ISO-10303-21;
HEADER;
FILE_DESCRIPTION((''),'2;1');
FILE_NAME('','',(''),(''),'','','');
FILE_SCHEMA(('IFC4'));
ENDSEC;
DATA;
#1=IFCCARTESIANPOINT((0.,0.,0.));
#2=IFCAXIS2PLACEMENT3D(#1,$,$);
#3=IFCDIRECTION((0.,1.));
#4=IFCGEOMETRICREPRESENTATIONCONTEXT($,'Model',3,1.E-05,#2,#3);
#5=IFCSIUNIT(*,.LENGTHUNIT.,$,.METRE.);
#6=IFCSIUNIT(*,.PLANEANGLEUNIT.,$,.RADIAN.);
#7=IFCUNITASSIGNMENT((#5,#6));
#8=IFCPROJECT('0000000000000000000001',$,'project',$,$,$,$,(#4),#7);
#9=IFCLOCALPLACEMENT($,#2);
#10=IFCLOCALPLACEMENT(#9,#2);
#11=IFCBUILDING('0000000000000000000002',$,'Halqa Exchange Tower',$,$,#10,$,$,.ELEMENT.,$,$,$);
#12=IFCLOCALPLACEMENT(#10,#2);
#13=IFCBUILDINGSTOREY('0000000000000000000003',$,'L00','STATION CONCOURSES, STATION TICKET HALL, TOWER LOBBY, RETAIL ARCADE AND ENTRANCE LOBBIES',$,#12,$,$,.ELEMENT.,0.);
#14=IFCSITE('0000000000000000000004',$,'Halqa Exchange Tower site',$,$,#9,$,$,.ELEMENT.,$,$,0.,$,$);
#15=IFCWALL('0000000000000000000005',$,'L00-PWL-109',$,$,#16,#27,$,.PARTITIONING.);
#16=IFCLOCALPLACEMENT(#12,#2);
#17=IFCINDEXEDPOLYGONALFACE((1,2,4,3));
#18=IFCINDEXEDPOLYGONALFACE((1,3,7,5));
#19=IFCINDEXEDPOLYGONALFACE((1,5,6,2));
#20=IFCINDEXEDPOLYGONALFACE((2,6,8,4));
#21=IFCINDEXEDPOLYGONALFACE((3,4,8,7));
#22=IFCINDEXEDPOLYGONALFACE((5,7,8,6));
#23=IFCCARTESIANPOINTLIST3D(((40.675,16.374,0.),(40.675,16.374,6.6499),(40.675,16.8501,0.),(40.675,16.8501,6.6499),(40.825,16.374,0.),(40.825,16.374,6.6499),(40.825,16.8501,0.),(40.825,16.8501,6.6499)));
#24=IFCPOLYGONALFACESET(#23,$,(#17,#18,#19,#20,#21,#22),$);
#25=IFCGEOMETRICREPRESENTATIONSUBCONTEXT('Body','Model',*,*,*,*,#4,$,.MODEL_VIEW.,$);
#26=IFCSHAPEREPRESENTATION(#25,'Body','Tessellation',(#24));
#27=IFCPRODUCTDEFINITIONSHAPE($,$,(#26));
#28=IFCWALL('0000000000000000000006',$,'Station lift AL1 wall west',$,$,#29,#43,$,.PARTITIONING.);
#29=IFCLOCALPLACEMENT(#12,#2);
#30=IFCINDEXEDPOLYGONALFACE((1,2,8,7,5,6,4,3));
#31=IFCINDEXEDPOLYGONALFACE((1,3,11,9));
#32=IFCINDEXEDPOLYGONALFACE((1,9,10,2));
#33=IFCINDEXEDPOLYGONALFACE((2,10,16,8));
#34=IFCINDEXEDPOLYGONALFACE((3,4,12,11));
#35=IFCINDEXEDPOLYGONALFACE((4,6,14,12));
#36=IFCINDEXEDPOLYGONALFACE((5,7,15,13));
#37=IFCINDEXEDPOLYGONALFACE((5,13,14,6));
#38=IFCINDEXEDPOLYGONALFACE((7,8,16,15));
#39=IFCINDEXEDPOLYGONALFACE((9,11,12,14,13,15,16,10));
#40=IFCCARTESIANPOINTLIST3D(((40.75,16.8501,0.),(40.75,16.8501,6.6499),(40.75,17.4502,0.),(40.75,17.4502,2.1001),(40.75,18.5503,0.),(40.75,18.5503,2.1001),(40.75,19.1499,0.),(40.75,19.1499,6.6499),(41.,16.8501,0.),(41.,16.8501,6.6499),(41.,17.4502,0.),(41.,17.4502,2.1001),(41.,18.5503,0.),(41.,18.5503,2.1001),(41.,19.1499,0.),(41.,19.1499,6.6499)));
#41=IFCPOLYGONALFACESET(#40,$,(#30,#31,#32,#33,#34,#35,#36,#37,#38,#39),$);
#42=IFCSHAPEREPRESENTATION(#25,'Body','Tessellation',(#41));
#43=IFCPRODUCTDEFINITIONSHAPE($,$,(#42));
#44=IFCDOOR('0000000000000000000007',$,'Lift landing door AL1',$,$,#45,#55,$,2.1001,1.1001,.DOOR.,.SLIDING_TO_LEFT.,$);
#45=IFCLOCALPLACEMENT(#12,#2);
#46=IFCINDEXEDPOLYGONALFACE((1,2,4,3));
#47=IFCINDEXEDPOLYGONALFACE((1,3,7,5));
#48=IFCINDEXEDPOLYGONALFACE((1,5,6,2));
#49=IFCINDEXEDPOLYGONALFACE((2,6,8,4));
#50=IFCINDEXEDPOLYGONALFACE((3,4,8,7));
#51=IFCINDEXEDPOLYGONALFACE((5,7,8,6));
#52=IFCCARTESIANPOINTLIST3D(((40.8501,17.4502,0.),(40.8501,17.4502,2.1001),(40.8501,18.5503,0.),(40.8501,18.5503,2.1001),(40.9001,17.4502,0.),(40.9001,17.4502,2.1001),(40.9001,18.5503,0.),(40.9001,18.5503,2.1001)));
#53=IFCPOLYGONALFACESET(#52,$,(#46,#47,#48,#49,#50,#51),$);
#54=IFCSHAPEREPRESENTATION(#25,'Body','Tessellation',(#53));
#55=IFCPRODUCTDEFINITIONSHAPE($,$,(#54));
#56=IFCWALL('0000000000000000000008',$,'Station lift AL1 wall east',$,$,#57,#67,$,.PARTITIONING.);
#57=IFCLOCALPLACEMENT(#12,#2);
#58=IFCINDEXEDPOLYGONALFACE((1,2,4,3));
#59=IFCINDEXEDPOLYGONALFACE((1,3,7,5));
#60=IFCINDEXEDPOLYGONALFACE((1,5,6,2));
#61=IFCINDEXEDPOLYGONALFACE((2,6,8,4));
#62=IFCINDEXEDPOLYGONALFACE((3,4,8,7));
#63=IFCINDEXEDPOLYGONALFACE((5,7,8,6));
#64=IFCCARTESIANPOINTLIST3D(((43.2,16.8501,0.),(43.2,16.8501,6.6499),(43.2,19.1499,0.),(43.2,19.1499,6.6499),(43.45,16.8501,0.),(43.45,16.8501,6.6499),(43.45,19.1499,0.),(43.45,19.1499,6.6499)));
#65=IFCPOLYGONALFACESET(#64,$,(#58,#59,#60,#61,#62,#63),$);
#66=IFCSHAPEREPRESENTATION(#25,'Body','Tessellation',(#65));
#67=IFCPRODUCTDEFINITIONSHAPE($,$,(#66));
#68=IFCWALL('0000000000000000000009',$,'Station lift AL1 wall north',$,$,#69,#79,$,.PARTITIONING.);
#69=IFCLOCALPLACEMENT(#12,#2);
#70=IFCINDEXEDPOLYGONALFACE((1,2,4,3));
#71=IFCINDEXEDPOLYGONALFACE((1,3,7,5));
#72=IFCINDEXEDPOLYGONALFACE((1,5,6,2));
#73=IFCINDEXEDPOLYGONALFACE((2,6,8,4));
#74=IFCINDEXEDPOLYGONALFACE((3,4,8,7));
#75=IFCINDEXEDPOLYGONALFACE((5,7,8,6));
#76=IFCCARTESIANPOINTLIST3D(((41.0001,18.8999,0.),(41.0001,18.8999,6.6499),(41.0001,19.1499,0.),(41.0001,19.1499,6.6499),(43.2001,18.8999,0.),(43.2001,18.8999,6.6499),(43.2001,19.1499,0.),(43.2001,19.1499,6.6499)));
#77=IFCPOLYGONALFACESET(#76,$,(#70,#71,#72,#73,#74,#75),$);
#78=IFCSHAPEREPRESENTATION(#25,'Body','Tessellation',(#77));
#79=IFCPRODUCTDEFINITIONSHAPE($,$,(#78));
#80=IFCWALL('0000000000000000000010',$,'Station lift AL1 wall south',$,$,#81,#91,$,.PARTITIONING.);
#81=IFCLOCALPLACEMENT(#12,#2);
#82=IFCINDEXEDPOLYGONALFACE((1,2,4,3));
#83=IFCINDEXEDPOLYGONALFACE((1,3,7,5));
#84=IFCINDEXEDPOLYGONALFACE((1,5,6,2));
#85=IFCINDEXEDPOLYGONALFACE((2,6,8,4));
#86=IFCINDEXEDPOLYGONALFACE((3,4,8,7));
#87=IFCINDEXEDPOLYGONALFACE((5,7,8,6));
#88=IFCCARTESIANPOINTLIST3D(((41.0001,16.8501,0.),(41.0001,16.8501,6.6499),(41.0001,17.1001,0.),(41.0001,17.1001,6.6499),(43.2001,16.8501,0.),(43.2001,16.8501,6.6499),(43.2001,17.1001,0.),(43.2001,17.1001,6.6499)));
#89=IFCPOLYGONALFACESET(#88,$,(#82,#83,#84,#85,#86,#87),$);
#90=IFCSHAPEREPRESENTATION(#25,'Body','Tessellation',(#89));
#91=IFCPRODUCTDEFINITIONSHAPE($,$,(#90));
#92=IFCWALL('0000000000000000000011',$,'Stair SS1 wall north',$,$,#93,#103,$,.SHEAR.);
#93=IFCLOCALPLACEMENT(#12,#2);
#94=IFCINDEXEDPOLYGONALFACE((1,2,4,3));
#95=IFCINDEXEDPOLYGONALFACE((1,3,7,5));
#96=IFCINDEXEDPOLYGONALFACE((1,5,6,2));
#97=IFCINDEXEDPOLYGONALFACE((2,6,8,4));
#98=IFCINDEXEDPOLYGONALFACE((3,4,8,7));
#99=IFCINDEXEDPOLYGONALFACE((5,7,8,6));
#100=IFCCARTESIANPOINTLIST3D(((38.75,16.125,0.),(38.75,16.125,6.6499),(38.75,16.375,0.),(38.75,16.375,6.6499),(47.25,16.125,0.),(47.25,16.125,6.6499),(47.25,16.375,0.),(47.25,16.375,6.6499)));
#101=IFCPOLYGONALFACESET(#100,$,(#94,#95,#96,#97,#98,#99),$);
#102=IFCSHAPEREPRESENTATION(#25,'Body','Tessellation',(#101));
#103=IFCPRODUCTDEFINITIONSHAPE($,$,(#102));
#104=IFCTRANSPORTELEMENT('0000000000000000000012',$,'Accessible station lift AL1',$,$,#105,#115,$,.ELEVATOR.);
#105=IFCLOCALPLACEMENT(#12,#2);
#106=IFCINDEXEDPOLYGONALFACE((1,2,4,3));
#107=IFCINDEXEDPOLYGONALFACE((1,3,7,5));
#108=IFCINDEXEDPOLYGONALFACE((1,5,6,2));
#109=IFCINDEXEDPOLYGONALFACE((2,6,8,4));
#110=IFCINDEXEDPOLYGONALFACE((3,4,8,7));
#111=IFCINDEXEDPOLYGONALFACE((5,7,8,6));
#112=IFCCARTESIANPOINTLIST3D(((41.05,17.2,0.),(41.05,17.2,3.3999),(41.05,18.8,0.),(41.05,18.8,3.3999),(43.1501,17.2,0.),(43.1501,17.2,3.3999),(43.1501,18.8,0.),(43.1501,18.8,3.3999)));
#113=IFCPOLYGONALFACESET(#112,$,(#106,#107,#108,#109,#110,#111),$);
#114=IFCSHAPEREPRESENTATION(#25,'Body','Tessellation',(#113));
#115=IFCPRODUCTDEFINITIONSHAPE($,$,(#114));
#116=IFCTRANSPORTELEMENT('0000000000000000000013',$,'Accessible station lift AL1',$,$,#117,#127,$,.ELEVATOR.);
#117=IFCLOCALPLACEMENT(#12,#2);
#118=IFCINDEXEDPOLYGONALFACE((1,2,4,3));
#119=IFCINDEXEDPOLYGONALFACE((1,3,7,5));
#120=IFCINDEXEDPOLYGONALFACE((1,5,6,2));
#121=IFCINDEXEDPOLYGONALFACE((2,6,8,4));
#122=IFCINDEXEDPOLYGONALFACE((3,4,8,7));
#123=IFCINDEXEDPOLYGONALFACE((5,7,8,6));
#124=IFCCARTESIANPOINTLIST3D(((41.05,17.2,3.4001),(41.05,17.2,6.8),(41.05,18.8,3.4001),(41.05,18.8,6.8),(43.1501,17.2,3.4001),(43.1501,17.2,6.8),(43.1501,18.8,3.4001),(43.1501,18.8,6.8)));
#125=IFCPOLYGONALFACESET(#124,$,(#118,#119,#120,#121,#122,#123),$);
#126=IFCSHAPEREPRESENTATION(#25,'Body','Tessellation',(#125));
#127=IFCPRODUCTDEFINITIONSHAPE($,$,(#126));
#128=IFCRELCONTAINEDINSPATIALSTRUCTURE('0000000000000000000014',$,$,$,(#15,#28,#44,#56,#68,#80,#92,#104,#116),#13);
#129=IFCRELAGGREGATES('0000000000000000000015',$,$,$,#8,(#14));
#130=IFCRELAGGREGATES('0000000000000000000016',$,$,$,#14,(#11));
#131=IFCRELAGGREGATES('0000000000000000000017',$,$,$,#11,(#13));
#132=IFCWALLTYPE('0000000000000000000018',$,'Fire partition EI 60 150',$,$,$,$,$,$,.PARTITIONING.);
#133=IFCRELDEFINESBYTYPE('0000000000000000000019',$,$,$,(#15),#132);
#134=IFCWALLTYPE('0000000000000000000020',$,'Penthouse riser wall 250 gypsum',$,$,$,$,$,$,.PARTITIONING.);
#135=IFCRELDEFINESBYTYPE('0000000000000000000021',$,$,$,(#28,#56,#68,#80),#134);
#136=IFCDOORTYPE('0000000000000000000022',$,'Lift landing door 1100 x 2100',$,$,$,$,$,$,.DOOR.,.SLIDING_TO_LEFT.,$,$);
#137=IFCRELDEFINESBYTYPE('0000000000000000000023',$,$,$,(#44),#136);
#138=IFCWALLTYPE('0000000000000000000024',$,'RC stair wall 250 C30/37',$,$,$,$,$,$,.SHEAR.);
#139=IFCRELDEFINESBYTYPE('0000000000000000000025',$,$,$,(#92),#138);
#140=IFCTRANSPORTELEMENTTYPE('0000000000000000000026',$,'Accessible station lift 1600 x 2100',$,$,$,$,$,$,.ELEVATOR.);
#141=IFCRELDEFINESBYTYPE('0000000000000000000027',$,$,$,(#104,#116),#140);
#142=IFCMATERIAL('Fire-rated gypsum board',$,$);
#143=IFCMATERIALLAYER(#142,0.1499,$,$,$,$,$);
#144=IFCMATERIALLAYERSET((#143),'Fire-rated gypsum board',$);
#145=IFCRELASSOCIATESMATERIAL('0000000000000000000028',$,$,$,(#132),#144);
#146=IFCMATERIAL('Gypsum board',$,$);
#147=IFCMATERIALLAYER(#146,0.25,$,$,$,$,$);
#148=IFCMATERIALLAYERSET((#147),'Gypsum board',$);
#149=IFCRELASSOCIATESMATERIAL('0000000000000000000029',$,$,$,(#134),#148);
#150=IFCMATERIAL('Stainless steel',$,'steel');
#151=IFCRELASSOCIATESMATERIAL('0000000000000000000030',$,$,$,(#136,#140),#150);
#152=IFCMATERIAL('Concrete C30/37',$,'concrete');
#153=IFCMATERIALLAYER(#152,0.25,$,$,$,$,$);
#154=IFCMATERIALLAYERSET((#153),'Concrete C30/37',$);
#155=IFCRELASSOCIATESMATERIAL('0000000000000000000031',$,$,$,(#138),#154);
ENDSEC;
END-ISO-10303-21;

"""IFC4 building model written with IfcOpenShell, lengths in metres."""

from ifc_helpers import new_model, si_unit, direction, frame, frame_2d, origin, origin_2d, place, context, subcontext, project, spatial, rectangle, extrude, material, layer, layer_set, type_object, element, fill, save


model = new_model("IFC4")

# Units and contexts
model_context = context("Model", 3, precision=1e-05, world=origin(), true_north=direction((0.0, 1.0)))
body_context = subcontext(model_context, "Body", "Model", "MODEL_VIEW")
ifc_project = project(units=[si_unit("LENGTHUNIT", "METRE"), si_unit("PLANEANGLEUNIT", "RADIAN")], contexts=[model_context])

# Site, building, storey
site_placement = place(None, origin())
site = spatial("IfcSite", under=ifc_project, at=site_placement, Name="Halqa Exchange Tower site", CompositionType="ELEMENT", RefElevation=0.0)
building_placement = place(site_placement, origin())
building = spatial("IfcBuilding", under=site, at=building_placement, Name="Halqa Exchange Tower", CompositionType="ELEMENT")
storey_placement = place(building_placement, origin())
storey = spatial("IfcBuildingStorey", under=building, at=storey_placement, Name="L00", Description="STATION CONCOURSES, STATION TICKET HALL, TOWER LOBBY, RETAIL ARCADE AND ENTRANCE LOBBIES", CompositionType="ELEMENT", Elevation=0.0)

# Shared definitions
ifc_material_1 = material(Name="Fire-rated gypsum board")
ifc_layer_1 = layer(ifc_material_1, 0.1499)
ifc_layer_set_1 = layer_set([ifc_layer_1], Name="Fire-rated gypsum board")
wall_type_1 = type_object("IfcWallType", Name="Fire partition EI 60 150", PredefinedType="PARTITIONING", material=ifc_layer_set_1)

# Wall
wall_1_placement = place(storey_placement, frame((40.75, 16.8501, 0.0), z_axis=(0.0, 0.0, 1.0), x_axis=(0.0, -1.0, 0.0)))
element("IfcWall", 1, at=wall_1_placement, inside=storey, type_object=wall_type_1, Name="L00-PWL-109", PredefinedType="PARTITIONING", context=body_context, shape_type="SweptSolid", body=[
    extrude(rectangle(XDim=0.4761, YDim=0.1499, at=frame_2d((0.238, 0.0))), origin(), (0.0, 0.0, 1.0), 6.6499),
])

# Wall, opening, door
ifc_material_2 = material(Name="Gypsum board")
ifc_layer_2 = layer(ifc_material_2, 0.25)
ifc_layer_set_2 = layer_set([ifc_layer_2], Name="Gypsum board")
wall_type_2 = type_object("IfcWallType", Name="Penthouse riser wall 250 gypsum", PredefinedType="PARTITIONING", material=ifc_layer_set_2)
wall_2_placement = place(storey_placement, frame((40.875, 16.8501, 0.0), z_axis=(0.0, 0.0, 1.0), x_axis=(0.0, 1.0, 0.0)))
wall_2 = element("IfcWall", 2, at=wall_2_placement, inside=storey, type_object=wall_type_2, Name="Station lift AL1 wall west", PredefinedType="PARTITIONING", context=body_context, shape_type="SweptSolid", body=[
    extrude(rectangle(XDim=2.2998, YDim=0.25, at=frame_2d((1.1499, 0.0))), origin(), (0.0, 0.0, 1.0), 6.6499),
])
opening_1_placement = place(wall_2_placement, frame((0.6001, 0.0, 0.0)))
opening_1 = element("IfcOpeningElement", 3, at=opening_1_placement, cuts=wall_2, PredefinedType="OPENING", context=body_context, shape_type="SweptSolid", body=[
    extrude(rectangle(XDim=1.1001, YDim=2.1001, at=frame_2d((0.55, 1.05))), frame((0.0, 0.137, 0.0), z_axis=(0.0, -1.0, 0.0), x_axis=(1.0, 0.0, 0.0)), (0.0, 0.0, 1.0), 0.2739),
])
ifc_material_3 = material(Name="Stainless steel", Category="steel")
door_type_1 = type_object("IfcDoorType", Name="Lift landing door 1100 x 2100", OperationType="SLIDING_TO_LEFT", PredefinedType="DOOR", material=ifc_material_3)
door_1_placement = place(opening_1_placement, origin())
door_1 = element("IfcDoor", 4, at=door_1_placement, inside=storey, type_object=door_type_1, Name="Lift landing door AL1", OperationType="SLIDING_TO_LEFT", OverallHeight=2.1001, OverallWidth=1.1001, PredefinedType="DOOR", context=body_context, shape_type="SweptSolid", body=[
    extrude(rectangle(XDim=1.1001, YDim=2.1001, at=frame_2d((0.55, 1.05))), frame((0.0, 0.0249, 0.0), z_axis=(0.0, -1.0, 0.0), x_axis=(1.0, 0.0, 0.0)), (0.0, 0.0, 1.0), 0.05),
])
fill(opening_1, door_1)

# Walls
wall_3_placement = place(storey_placement, frame((43.325, 16.8501, 0.0), z_axis=(0.0, 0.0, 1.0), x_axis=(0.0, 1.0, 0.0)))
element("IfcWall", 5, at=wall_3_placement, inside=storey, type_object=wall_type_2, Name="Station lift AL1 wall east", PredefinedType="PARTITIONING", context=body_context, shape_type="SweptSolid", body=[
    extrude(rectangle(XDim=2.2998, YDim=0.25, at=frame_2d((1.1499, 0.0))), origin(), (0.0, 0.0, 1.0), 6.6499),
])
for number, where, z_axis, x_axis, name in (
    (6, (41.0, 19.0249, 0.0), (0.0, 0.0, 1.0), (1.0, 0.0, 0.0), "Station lift AL1 wall north"),
    (7, (41.0, 16.9751, 0.0), (0.0, 0.0, 1.0), (1.0, 0.0, 0.0), "Station lift AL1 wall south"),
):
    element("IfcWall", number, at=place(storey_placement, frame(where, z_axis=z_axis, x_axis=x_axis)), inside=storey, type_object=wall_type_2, Name=name, PredefinedType="PARTITIONING", context=body_context, shape_type="SweptSolid", body=[
        extrude(rectangle(XDim=2.2, YDim=0.25, at=frame_2d((1.1001, 0.0))), origin(), (0.0, 0.0, 1.0), 6.6499),
    ])
ifc_material_4 = material(Name="Concrete C30/37", Category="concrete")
ifc_layer_3 = layer(ifc_material_4, 0.25)
ifc_layer_set_3 = layer_set([ifc_layer_3], Name="Concrete C30/37")
wall_type_3 = type_object("IfcWallType", Name="RC stair wall 250 C30/37", PredefinedType="SHEAR", material=ifc_layer_set_3)
wall_4_placement = place(storey_placement, frame((38.75, 16.25, 0.0), z_axis=(0.0, 0.0, 1.0), x_axis=(1.0, 0.0, 0.0)))
element("IfcWall", 8, at=wall_4_placement, inside=storey, type_object=wall_type_3, Name="Stair SS1 wall north", PredefinedType="SHEAR", context=body_context, shape_type="SweptSolid", body=[
    extrude(rectangle(XDim=8.5, YDim=0.25, at=frame_2d((4.25, 0.0))), origin(), (0.0, 0.0, 1.0), 6.6499),
])

# Transport elements
transport_element_type = type_object("IfcTransportElementType", Name="Accessible station lift 1600 x 2100", PredefinedType="ELEVATOR", material=ifc_material_3)
for number, where, z_axis, x_axis, name in (
    (9, (42.1001, 18.0, 0.0), (0.0, 0.0, 1.0), (1.0, 0.0, 0.0), "Accessible station lift AL1"),
    (10, (42.1001, 18.0, 3.4001), (0.0, 0.0, 1.0), (1.0, 0.0, 0.0), "Accessible station lift AL1"),
):
    element("IfcTransportElement", number, at=place(storey_placement, frame(where, z_axis=z_axis, x_axis=x_axis)), inside=storey, type_object=transport_element_type, Name=name, PredefinedType="ELEVATOR", context=body_context, shape_type="SweptSolid", body=[
        extrude(rectangle(XDim=2.1001, YDim=1.6001, at=origin_2d()), origin(), (0.0, 0.0, 1.0), 3.3999),
    ])

save(model, "model.ifc")
